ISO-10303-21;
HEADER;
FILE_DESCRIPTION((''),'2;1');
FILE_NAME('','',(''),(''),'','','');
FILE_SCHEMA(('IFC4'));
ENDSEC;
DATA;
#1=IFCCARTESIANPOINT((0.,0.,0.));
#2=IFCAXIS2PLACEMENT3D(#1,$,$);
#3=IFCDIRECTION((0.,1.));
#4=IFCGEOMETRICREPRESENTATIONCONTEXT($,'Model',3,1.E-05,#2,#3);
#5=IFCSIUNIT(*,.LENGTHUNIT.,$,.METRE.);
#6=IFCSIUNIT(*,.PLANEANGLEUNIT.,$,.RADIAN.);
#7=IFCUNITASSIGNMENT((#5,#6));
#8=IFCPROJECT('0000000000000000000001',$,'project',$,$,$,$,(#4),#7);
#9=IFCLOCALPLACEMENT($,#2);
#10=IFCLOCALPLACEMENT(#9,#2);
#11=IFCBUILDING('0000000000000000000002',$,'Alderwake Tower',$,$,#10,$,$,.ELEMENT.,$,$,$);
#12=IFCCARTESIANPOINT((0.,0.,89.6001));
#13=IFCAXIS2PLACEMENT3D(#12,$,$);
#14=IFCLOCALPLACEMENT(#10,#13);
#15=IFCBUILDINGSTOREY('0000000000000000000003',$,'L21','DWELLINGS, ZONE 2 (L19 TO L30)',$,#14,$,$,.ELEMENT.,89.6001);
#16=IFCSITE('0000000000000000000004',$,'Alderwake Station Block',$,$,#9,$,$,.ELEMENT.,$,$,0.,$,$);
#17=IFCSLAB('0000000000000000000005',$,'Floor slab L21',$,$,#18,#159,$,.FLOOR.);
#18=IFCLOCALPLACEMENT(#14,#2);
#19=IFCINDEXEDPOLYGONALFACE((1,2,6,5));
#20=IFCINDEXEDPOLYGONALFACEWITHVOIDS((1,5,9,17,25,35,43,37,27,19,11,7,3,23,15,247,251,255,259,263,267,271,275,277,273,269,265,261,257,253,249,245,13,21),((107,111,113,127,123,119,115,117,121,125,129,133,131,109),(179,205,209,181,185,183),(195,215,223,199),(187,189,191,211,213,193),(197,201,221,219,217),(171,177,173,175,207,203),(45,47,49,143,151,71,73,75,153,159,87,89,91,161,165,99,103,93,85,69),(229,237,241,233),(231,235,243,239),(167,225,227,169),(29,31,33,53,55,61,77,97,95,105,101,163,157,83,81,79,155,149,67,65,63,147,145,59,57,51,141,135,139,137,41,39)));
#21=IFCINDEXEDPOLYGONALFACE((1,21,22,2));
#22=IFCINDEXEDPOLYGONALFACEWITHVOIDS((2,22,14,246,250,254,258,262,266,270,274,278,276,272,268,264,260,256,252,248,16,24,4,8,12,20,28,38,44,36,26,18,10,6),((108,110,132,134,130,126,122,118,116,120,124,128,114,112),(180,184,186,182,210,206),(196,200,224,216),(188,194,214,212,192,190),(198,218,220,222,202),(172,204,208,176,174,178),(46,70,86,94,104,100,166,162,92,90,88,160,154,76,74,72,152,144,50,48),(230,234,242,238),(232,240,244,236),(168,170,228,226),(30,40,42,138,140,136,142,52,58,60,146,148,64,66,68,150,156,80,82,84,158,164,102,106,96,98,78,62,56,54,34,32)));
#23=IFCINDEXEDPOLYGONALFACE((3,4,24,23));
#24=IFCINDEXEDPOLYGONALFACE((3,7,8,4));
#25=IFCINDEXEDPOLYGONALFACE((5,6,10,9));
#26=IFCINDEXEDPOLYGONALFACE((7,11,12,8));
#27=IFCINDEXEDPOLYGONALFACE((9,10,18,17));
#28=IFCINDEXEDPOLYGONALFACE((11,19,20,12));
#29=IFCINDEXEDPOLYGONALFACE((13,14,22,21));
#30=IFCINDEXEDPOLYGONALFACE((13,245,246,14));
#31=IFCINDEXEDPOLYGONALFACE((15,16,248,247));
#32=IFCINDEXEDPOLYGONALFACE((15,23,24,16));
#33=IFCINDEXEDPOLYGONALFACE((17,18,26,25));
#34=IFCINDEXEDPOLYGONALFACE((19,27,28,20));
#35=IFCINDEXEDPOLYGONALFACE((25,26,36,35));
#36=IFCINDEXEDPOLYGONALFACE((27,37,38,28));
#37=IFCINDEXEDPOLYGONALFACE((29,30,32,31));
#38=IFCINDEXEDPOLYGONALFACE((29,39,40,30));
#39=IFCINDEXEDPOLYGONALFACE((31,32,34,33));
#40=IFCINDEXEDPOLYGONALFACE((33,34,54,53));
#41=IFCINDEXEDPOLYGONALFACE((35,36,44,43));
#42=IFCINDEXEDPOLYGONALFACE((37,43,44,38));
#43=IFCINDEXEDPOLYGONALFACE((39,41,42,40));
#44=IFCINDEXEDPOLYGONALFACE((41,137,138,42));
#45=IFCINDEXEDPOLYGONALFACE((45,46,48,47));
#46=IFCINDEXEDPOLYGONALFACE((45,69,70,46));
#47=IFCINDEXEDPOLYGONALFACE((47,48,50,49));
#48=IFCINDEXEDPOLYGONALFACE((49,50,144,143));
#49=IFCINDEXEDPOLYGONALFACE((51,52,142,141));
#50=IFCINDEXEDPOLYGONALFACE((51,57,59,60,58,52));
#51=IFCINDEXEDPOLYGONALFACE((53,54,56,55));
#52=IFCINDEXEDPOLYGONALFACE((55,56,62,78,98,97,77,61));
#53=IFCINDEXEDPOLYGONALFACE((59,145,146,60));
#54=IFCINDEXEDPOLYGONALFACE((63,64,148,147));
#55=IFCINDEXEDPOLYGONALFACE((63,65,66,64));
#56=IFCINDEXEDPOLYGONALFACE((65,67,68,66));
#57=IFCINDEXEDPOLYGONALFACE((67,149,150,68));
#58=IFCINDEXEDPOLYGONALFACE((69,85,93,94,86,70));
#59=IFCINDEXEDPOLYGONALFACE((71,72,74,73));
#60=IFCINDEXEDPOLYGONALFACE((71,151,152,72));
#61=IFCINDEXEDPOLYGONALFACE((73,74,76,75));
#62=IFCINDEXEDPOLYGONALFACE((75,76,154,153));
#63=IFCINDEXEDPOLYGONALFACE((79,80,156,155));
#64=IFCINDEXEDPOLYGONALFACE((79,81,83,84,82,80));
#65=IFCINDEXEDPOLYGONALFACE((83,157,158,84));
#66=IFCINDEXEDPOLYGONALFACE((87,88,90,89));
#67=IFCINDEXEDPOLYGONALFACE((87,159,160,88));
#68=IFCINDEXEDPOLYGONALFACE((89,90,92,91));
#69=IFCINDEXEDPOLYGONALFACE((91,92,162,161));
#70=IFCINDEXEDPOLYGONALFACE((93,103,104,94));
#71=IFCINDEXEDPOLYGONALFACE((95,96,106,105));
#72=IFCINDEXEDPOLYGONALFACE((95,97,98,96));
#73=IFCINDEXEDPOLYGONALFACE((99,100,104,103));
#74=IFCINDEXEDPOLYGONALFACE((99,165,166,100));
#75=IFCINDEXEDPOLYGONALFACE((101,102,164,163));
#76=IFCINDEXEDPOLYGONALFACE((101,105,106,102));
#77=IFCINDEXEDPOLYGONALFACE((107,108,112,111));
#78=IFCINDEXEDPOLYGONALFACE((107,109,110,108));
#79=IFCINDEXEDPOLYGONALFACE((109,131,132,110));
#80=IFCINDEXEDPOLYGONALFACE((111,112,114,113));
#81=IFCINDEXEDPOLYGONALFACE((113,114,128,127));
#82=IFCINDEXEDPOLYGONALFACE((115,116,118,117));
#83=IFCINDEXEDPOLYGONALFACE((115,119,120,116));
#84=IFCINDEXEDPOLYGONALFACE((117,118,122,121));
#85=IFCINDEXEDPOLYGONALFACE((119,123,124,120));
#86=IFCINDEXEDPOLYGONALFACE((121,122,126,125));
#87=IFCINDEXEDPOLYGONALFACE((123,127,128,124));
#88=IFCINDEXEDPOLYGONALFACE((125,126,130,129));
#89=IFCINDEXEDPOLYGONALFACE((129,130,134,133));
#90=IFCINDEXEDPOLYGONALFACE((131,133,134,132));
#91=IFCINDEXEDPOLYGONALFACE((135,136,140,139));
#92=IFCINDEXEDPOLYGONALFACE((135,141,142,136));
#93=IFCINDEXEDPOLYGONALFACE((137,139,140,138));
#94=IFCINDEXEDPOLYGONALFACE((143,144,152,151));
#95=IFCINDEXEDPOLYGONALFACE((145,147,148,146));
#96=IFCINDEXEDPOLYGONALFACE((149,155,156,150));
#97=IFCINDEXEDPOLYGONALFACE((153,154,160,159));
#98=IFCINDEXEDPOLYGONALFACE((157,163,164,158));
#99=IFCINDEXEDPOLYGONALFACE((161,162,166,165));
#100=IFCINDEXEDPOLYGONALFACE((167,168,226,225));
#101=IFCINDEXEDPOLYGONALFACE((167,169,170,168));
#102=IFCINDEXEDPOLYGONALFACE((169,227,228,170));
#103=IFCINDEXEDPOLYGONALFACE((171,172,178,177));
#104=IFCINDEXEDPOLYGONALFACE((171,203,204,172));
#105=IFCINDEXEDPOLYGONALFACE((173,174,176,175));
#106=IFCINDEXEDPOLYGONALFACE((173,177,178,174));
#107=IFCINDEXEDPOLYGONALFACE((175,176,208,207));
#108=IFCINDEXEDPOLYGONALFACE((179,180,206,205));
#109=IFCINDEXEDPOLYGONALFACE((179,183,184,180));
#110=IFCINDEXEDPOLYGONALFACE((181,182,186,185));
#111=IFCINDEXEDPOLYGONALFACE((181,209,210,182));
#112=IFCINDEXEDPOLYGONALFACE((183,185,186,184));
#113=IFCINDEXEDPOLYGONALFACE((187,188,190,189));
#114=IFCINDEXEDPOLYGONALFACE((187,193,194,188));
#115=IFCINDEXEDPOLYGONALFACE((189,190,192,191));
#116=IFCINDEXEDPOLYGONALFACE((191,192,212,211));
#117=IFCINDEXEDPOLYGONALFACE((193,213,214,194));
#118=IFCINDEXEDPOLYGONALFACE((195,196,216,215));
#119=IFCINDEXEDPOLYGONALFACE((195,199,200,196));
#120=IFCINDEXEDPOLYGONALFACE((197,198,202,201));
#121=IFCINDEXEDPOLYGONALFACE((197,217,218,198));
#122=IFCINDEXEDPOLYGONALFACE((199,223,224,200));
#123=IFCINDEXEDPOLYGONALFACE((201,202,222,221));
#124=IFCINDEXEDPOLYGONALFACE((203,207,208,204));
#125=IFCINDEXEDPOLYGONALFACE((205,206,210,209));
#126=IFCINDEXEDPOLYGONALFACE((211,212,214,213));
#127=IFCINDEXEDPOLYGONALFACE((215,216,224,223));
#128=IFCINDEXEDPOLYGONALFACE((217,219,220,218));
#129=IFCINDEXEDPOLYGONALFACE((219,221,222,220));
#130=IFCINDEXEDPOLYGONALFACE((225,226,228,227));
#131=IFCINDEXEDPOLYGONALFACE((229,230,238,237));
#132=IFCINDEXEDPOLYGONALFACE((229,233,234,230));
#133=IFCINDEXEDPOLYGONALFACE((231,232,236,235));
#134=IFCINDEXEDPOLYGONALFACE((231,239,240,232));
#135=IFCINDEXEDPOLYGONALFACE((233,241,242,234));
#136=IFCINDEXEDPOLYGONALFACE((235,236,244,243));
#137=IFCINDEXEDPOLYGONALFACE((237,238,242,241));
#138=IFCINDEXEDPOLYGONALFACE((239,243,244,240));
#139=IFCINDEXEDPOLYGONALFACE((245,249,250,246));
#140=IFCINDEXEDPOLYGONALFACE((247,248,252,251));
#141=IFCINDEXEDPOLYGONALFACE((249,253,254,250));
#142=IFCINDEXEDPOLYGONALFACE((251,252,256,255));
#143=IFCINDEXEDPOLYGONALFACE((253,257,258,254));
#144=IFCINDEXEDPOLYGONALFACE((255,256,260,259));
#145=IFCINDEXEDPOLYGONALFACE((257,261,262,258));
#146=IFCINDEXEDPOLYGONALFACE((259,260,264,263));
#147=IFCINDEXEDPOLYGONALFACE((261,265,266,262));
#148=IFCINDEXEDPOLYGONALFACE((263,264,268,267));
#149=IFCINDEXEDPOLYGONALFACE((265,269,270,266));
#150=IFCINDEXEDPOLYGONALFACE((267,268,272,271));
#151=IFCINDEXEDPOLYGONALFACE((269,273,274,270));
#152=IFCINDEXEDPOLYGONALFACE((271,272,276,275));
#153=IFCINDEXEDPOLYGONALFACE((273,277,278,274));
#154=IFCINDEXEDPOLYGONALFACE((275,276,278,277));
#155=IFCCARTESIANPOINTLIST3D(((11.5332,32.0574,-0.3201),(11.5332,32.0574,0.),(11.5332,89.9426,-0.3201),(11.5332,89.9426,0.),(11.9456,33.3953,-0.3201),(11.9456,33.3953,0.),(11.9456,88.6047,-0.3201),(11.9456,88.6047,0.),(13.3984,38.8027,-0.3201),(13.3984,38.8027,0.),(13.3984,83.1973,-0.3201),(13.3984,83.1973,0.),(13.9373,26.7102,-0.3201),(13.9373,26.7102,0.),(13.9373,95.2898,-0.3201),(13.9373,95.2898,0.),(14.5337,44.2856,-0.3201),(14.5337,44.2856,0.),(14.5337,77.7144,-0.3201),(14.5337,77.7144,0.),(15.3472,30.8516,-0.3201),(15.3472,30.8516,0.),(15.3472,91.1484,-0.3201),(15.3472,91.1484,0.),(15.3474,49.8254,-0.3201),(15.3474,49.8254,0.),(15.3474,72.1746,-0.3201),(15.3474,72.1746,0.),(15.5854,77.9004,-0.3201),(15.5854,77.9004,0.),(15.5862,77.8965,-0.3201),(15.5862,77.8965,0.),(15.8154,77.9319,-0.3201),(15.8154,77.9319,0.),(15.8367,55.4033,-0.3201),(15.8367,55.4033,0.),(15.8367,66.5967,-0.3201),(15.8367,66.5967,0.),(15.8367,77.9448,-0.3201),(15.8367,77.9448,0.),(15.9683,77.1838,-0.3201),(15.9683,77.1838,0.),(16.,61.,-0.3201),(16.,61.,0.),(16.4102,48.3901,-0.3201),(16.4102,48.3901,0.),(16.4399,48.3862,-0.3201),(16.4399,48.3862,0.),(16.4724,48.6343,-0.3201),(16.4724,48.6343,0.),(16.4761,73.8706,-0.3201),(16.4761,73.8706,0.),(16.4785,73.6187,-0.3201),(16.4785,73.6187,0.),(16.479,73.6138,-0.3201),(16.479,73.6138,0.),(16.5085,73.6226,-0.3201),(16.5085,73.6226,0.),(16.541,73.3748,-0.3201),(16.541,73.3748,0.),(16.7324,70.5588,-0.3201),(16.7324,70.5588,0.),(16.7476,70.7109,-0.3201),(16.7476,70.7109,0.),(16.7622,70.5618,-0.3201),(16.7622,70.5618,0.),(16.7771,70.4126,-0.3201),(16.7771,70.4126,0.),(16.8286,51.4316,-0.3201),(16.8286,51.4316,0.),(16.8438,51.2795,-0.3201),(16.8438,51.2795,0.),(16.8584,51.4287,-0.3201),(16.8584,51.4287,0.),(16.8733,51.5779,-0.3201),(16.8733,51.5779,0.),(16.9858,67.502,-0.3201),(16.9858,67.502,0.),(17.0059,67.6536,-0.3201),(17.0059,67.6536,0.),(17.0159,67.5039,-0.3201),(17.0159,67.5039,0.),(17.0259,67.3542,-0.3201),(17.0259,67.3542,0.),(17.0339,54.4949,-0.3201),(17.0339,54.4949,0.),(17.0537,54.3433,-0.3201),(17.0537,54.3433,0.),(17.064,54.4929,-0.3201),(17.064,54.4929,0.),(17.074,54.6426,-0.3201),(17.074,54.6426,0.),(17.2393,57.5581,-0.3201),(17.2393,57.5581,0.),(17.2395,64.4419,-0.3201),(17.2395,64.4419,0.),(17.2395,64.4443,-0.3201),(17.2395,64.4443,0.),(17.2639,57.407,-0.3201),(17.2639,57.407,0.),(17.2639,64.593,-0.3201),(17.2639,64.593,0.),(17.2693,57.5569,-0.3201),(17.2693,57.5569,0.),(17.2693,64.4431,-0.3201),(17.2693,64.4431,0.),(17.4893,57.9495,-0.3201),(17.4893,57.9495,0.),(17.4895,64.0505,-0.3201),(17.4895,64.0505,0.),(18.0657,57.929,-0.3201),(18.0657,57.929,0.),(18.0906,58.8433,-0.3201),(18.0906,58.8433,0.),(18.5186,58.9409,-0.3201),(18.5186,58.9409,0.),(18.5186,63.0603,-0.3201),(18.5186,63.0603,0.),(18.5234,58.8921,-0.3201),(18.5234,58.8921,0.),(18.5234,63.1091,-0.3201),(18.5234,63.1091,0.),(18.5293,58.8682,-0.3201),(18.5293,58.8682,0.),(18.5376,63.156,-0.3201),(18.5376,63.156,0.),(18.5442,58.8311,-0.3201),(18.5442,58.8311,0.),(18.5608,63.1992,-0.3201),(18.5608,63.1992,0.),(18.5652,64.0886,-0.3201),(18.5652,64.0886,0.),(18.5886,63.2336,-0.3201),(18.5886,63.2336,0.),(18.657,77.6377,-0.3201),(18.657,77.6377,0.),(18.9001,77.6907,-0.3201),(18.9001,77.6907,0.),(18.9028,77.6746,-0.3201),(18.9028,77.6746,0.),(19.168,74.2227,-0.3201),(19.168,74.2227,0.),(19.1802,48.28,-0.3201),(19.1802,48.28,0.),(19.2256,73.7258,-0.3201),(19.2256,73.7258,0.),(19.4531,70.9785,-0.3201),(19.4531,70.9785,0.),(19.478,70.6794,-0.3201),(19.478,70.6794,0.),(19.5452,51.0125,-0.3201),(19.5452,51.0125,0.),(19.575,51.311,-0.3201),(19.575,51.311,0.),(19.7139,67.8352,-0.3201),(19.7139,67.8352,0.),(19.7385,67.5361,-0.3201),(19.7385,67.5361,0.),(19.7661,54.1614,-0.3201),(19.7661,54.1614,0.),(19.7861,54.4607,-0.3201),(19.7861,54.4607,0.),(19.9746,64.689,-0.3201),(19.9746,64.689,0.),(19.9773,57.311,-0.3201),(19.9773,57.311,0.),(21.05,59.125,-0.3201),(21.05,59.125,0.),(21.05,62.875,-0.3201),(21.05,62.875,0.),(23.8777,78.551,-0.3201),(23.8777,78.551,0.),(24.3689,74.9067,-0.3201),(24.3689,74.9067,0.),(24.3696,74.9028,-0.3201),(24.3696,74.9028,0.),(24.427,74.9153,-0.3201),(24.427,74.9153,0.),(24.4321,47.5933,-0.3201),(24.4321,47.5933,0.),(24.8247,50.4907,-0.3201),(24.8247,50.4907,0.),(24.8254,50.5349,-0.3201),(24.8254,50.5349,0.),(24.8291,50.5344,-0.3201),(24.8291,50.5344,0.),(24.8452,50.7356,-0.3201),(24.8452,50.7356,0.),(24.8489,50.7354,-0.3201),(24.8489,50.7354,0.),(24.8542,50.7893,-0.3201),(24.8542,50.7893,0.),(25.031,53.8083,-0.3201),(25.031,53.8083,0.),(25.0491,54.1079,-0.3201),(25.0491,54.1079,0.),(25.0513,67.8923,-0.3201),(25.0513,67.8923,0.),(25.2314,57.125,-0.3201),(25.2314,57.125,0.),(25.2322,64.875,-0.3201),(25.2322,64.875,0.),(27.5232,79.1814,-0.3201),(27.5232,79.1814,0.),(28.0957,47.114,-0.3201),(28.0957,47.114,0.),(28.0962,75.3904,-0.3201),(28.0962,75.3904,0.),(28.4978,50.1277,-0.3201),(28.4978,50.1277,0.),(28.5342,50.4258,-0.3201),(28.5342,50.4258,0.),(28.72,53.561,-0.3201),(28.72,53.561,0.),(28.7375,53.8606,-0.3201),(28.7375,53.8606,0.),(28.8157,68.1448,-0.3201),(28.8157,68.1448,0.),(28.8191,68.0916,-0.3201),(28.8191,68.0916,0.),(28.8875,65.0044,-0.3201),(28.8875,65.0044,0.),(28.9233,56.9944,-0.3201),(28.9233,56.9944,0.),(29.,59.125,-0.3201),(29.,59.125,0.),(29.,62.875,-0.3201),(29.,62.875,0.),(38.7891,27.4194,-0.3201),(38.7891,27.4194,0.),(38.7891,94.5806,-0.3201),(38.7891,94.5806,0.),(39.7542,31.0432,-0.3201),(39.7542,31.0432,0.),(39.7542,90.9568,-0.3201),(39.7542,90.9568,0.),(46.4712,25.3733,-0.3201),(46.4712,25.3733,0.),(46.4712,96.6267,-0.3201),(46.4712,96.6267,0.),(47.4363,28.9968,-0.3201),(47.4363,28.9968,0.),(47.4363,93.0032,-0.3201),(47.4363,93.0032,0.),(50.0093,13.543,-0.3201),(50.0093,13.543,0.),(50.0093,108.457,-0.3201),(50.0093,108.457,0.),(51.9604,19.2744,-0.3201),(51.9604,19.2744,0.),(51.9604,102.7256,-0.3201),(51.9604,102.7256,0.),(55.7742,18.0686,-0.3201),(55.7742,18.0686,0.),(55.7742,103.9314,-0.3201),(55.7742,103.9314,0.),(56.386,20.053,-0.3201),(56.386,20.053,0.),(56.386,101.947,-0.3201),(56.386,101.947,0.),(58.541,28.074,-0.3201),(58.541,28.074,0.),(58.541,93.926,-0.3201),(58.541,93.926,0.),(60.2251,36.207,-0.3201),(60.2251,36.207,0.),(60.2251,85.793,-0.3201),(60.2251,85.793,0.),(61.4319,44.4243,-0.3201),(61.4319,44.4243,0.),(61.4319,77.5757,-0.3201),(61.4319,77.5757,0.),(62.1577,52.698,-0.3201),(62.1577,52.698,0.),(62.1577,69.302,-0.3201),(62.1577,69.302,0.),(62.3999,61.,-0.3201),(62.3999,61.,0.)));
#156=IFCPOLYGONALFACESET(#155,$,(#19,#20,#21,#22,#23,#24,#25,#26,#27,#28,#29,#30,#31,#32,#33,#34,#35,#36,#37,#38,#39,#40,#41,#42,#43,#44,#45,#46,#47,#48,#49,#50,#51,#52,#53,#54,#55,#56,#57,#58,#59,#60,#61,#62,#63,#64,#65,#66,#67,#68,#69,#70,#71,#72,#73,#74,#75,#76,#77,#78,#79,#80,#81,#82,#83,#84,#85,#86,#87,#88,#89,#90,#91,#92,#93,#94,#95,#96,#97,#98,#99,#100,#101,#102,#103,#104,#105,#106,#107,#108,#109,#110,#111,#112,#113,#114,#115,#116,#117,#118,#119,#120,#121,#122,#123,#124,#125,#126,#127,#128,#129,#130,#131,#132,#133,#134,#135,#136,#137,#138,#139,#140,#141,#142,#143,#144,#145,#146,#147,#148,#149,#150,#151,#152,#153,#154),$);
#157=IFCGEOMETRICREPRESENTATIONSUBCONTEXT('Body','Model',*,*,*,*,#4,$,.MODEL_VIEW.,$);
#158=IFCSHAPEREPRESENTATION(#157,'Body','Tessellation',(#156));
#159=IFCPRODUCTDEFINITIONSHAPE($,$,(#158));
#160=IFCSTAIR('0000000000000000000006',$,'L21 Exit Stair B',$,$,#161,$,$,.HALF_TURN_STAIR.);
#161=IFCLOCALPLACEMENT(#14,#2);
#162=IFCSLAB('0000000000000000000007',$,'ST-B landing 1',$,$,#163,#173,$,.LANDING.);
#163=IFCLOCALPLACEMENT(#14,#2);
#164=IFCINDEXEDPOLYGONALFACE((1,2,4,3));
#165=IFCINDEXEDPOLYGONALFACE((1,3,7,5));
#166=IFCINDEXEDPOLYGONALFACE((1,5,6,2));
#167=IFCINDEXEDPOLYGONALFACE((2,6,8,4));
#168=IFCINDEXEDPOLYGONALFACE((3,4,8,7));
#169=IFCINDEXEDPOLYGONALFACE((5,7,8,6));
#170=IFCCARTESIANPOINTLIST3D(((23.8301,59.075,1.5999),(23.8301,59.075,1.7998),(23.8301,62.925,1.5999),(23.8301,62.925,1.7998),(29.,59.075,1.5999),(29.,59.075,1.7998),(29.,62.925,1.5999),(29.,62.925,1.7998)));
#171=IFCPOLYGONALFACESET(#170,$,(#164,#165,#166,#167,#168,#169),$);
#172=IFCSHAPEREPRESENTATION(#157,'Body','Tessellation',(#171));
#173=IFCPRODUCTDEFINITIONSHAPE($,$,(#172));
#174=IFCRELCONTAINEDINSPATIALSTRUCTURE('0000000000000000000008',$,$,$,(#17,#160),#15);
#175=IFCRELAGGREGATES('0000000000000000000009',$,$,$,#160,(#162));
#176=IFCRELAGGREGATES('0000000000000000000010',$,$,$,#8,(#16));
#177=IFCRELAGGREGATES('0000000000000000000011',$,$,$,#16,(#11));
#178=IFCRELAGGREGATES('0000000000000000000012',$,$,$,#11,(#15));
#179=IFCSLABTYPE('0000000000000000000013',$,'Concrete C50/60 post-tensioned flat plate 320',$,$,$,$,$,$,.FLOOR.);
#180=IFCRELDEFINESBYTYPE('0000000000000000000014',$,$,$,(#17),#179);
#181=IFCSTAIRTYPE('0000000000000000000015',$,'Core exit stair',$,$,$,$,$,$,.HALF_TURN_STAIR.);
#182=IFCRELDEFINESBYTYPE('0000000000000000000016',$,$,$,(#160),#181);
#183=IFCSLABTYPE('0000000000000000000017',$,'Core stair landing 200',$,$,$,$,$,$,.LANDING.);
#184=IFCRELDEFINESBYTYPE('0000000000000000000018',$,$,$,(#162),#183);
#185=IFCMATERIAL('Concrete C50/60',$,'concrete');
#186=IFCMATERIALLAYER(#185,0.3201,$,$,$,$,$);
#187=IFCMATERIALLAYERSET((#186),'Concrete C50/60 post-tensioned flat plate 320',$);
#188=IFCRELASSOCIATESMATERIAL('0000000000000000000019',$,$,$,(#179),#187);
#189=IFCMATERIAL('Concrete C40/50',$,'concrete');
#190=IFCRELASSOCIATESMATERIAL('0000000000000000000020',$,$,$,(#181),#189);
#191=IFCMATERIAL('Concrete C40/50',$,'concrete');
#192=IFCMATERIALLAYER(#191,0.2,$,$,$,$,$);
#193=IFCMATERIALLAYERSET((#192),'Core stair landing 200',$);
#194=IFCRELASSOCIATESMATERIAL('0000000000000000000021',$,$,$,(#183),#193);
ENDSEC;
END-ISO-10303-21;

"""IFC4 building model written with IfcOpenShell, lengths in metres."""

from ifc_helpers import new_model, si_unit, direction, frame, origin, place, context, subcontext, project, spatial, polyline, outline, extrude, material, layer, layer_set, type_object, element, aggregate, save


model = new_model("IFC4")

# Units and contexts
model_context = context("Model", 3, precision=1e-05, world=origin(), true_north=direction((0.0, 1.0)))
body_context = subcontext(model_context, "Body", "Model", "MODEL_VIEW")
ifc_project = project(units=[si_unit("LENGTHUNIT", "METRE"), si_unit("PLANEANGLEUNIT", "RADIAN")], contexts=[model_context])

# Site, building, storey
site_placement = place(None, origin())
site = spatial("IfcSite", under=ifc_project, at=site_placement, Name="Alderwake Station Block", CompositionType="ELEMENT", RefElevation=0.0)
building_placement = place(site_placement, origin())
building = spatial("IfcBuilding", under=site, at=building_placement, Name="Alderwake Tower", CompositionType="ELEMENT")
storey_placement = place(building_placement, frame((0.0, 0.0, 89.6001)))
storey = spatial("IfcBuildingStorey", under=building, at=storey_placement, Name="L21", Description="DWELLINGS, ZONE 2 (L19 TO L30)", CompositionType="ELEMENT", Elevation=89.6001)

# Slab
ifc_material_1 = material(Name="Concrete C50/60", Category="concrete")
ifc_layer_1 = layer(ifc_material_1, 0.3201)
ifc_layer_set_1 = layer_set([ifc_layer_1], Name="Concrete C50/60 post-tensioned flat plate 320")
slab_type_1 = type_object("IfcSlabType", Name="Concrete C50/60 post-tensioned flat plate 320", PredefinedType="FLOOR", material=ifc_layer_set_1)
slab_1_placement = place(storey_placement, frame((0.0, 0.0, -0.3201)))
element("IfcSlab", 1, at=slab_1_placement, inside=storey, type_object=slab_type_1, Name="Floor slab L21", PredefinedType="FLOOR", context=body_context, shape_type="SweptSolid", body=[
    extrude(outline(polyline([(11.5332, 32.0574), (11.9456, 33.3953), (13.3984, 38.8027), (14.5337, 44.2856), (15.3474, 49.8254), (15.8367, 55.4033), (16.0, 61.0), (15.8367, 66.5967), (15.3474, 72.1746), (14.5337, 77.7144), (13.3984, 83.1973), (11.9456, 88.6047), (11.5332, 89.9426), (15.3472, 91.1484), (13.9373, 95.2898), (50.0093, 108.457), (51.9604, 102.7256), (55.7742, 103.9314), (56.386, 101.947), (58.541, 93.926), (60.2251, 85.793), (61.4319, 77.5757), (62.1577, 69.302), (62.3999, 61.0), (62.1577, 52.698), (61.4319, 44.4243), (60.2251, 36.207), (58.541, 28.074), (56.386, 20.053), (55.7742, 18.0686), (51.9604, 19.2744), (50.0093, 13.543), (13.9373, 26.7102), (15.3472, 30.8516), (11.5332, 32.0574)]), holes=[polyline([(16.8438, 51.2795), (16.8584, 51.4287), (16.8733, 51.5779), (19.575, 51.311), (19.7661, 54.1614), (17.0537, 54.3433), (17.064, 54.4929), (17.074, 54.6426), (19.7861, 54.4607), (19.9773, 57.311), (17.2639, 57.407), (17.2693, 57.5569), (17.2393, 57.5581), (17.0339, 54.4949), (16.8286, 51.4316), (16.8286, 51.4316), (16.4102, 48.3901), (16.4399, 48.3862), (16.4724, 48.6343), (19.1802, 48.28), (19.5452, 51.0125), (16.8438, 51.2795)]), polyline([(29.0, 62.875), (21.05, 62.875), (21.05, 59.125), (29.0, 59.125), (29.0, 62.875)]), polyline([(19.7385, 67.5361), (17.0259, 67.3542), (17.0159, 67.5039), (17.0059, 67.6536), (19.7139, 67.8352), (19.478, 70.6794), (16.7771, 70.4126), (16.7622, 70.5618), (16.7476, 70.7109), (19.4531, 70.9785), (19.2256, 73.7258), (16.541, 73.3748), (16.5085, 73.6226), (16.4761, 73.8706), (19.168, 74.2227), (18.657, 77.6377), (18.9028, 77.6746), (18.9001, 77.6907), (15.9683, 77.1838), (15.8367, 77.9448), (15.5854, 77.9004), (15.5862, 77.8965), (15.8154, 77.9319), (16.4785, 73.6187), (16.479, 73.6138), (16.7324, 70.5588), (16.9858, 67.502), (17.2395, 64.4443), (17.2395, 64.4419), (17.2693, 64.4431), (17.2639, 64.593), (19.9746, 64.689), (19.7385, 67.5361)]), polyline([(47.4363, 28.9968), (39.7542, 31.0432), (38.7891, 27.4194), (46.4712, 25.3733), (47.4363, 28.9968)]), polyline([(24.8247, 50.4907), (24.8291, 50.5344), (24.8254, 50.5349), (24.4321, 47.5933), (28.0957, 47.114), (28.4978, 50.1277), (24.8247, 50.4907)]), polyline([(25.031, 53.8083), (24.8452, 50.7356), (24.8489, 50.7354), (24.8542, 50.7893), (28.5342, 50.4258), (28.72, 53.561), (25.031, 53.8083)]), polyline([(28.9233, 56.9944), (25.2314, 57.125), (25.0491, 54.1079), (28.7375, 53.8606), (28.9233, 56.9944)]), polyline([(28.8191, 68.0916), (28.8157, 68.1448), (25.0513, 67.8923), (25.2322, 64.875), (28.8875, 65.0044), (28.8191, 68.0916)]), polyline([(28.0962, 75.3904), (27.5232, 79.1814), (23.8777, 78.551), (24.427, 74.9153), (24.3689, 74.9067), (24.3696, 74.9028), (28.0962, 75.3904)]), polyline([(46.4712, 96.6267), (38.7891, 94.5806), (39.7542, 90.9568), (47.4363, 93.0032), (46.4712, 96.6267)]), polyline([(17.4895, 64.0505), (17.4893, 57.9495), (18.0657, 57.929), (18.0906, 58.8433), (18.5442, 58.8311), (18.5293, 58.8682), (18.5234, 58.8921), (18.5186, 58.9409), (18.5186, 63.0603), (18.5234, 63.1091), (18.5376, 63.156), (18.5608, 63.1992), (18.5886, 63.2336), (18.5652, 64.0886), (17.4895, 64.0505)])]), origin(), (0.0, 0.0, 1.0), 0.3201),
])

# Stair, slab
ifc_material_2 = material(Name="Concrete C40/50", Category="concrete")
stair_type = type_object("IfcStairType", Name="Core exit stair", PredefinedType="HALF_TURN_STAIR", material=ifc_material_2)
stair_1_placement = place(storey_placement, origin())
stair_1 = element("IfcStair", 2, at=stair_1_placement, inside=storey, type_object=stair_type, Name="L21 Exit Stair B", PredefinedType="HALF_TURN_STAIR")
ifc_material_3 = material(Name="Concrete C40/50", Category="concrete")
ifc_layer_2 = layer(ifc_material_3, 0.2)
ifc_layer_set_2 = layer_set([ifc_layer_2], Name="Core stair landing 200")
slab_type_2 = type_object("IfcSlabType", Name="Core stair landing 200", PredefinedType="LANDING", material=ifc_layer_set_2)
slab_2_placement = place(storey_placement, frame((0.0, 0.0, 1.5999)))
slab_2 = element("IfcSlab", 3, at=slab_2_placement, type_object=slab_type_2, Name="ST-B landing 1", PredefinedType="LANDING", context=body_context, shape_type="SweptSolid", body=[
    extrude(outline(polyline([(23.8301, 59.075), (29.0, 59.075), (29.0, 62.925), (23.8301, 62.925), (23.8301, 59.075)])), origin(), (0.0, 0.0, 1.0), 0.2),
])
aggregate(stair_1, [slab_2])

save(model, "model.ifc")
